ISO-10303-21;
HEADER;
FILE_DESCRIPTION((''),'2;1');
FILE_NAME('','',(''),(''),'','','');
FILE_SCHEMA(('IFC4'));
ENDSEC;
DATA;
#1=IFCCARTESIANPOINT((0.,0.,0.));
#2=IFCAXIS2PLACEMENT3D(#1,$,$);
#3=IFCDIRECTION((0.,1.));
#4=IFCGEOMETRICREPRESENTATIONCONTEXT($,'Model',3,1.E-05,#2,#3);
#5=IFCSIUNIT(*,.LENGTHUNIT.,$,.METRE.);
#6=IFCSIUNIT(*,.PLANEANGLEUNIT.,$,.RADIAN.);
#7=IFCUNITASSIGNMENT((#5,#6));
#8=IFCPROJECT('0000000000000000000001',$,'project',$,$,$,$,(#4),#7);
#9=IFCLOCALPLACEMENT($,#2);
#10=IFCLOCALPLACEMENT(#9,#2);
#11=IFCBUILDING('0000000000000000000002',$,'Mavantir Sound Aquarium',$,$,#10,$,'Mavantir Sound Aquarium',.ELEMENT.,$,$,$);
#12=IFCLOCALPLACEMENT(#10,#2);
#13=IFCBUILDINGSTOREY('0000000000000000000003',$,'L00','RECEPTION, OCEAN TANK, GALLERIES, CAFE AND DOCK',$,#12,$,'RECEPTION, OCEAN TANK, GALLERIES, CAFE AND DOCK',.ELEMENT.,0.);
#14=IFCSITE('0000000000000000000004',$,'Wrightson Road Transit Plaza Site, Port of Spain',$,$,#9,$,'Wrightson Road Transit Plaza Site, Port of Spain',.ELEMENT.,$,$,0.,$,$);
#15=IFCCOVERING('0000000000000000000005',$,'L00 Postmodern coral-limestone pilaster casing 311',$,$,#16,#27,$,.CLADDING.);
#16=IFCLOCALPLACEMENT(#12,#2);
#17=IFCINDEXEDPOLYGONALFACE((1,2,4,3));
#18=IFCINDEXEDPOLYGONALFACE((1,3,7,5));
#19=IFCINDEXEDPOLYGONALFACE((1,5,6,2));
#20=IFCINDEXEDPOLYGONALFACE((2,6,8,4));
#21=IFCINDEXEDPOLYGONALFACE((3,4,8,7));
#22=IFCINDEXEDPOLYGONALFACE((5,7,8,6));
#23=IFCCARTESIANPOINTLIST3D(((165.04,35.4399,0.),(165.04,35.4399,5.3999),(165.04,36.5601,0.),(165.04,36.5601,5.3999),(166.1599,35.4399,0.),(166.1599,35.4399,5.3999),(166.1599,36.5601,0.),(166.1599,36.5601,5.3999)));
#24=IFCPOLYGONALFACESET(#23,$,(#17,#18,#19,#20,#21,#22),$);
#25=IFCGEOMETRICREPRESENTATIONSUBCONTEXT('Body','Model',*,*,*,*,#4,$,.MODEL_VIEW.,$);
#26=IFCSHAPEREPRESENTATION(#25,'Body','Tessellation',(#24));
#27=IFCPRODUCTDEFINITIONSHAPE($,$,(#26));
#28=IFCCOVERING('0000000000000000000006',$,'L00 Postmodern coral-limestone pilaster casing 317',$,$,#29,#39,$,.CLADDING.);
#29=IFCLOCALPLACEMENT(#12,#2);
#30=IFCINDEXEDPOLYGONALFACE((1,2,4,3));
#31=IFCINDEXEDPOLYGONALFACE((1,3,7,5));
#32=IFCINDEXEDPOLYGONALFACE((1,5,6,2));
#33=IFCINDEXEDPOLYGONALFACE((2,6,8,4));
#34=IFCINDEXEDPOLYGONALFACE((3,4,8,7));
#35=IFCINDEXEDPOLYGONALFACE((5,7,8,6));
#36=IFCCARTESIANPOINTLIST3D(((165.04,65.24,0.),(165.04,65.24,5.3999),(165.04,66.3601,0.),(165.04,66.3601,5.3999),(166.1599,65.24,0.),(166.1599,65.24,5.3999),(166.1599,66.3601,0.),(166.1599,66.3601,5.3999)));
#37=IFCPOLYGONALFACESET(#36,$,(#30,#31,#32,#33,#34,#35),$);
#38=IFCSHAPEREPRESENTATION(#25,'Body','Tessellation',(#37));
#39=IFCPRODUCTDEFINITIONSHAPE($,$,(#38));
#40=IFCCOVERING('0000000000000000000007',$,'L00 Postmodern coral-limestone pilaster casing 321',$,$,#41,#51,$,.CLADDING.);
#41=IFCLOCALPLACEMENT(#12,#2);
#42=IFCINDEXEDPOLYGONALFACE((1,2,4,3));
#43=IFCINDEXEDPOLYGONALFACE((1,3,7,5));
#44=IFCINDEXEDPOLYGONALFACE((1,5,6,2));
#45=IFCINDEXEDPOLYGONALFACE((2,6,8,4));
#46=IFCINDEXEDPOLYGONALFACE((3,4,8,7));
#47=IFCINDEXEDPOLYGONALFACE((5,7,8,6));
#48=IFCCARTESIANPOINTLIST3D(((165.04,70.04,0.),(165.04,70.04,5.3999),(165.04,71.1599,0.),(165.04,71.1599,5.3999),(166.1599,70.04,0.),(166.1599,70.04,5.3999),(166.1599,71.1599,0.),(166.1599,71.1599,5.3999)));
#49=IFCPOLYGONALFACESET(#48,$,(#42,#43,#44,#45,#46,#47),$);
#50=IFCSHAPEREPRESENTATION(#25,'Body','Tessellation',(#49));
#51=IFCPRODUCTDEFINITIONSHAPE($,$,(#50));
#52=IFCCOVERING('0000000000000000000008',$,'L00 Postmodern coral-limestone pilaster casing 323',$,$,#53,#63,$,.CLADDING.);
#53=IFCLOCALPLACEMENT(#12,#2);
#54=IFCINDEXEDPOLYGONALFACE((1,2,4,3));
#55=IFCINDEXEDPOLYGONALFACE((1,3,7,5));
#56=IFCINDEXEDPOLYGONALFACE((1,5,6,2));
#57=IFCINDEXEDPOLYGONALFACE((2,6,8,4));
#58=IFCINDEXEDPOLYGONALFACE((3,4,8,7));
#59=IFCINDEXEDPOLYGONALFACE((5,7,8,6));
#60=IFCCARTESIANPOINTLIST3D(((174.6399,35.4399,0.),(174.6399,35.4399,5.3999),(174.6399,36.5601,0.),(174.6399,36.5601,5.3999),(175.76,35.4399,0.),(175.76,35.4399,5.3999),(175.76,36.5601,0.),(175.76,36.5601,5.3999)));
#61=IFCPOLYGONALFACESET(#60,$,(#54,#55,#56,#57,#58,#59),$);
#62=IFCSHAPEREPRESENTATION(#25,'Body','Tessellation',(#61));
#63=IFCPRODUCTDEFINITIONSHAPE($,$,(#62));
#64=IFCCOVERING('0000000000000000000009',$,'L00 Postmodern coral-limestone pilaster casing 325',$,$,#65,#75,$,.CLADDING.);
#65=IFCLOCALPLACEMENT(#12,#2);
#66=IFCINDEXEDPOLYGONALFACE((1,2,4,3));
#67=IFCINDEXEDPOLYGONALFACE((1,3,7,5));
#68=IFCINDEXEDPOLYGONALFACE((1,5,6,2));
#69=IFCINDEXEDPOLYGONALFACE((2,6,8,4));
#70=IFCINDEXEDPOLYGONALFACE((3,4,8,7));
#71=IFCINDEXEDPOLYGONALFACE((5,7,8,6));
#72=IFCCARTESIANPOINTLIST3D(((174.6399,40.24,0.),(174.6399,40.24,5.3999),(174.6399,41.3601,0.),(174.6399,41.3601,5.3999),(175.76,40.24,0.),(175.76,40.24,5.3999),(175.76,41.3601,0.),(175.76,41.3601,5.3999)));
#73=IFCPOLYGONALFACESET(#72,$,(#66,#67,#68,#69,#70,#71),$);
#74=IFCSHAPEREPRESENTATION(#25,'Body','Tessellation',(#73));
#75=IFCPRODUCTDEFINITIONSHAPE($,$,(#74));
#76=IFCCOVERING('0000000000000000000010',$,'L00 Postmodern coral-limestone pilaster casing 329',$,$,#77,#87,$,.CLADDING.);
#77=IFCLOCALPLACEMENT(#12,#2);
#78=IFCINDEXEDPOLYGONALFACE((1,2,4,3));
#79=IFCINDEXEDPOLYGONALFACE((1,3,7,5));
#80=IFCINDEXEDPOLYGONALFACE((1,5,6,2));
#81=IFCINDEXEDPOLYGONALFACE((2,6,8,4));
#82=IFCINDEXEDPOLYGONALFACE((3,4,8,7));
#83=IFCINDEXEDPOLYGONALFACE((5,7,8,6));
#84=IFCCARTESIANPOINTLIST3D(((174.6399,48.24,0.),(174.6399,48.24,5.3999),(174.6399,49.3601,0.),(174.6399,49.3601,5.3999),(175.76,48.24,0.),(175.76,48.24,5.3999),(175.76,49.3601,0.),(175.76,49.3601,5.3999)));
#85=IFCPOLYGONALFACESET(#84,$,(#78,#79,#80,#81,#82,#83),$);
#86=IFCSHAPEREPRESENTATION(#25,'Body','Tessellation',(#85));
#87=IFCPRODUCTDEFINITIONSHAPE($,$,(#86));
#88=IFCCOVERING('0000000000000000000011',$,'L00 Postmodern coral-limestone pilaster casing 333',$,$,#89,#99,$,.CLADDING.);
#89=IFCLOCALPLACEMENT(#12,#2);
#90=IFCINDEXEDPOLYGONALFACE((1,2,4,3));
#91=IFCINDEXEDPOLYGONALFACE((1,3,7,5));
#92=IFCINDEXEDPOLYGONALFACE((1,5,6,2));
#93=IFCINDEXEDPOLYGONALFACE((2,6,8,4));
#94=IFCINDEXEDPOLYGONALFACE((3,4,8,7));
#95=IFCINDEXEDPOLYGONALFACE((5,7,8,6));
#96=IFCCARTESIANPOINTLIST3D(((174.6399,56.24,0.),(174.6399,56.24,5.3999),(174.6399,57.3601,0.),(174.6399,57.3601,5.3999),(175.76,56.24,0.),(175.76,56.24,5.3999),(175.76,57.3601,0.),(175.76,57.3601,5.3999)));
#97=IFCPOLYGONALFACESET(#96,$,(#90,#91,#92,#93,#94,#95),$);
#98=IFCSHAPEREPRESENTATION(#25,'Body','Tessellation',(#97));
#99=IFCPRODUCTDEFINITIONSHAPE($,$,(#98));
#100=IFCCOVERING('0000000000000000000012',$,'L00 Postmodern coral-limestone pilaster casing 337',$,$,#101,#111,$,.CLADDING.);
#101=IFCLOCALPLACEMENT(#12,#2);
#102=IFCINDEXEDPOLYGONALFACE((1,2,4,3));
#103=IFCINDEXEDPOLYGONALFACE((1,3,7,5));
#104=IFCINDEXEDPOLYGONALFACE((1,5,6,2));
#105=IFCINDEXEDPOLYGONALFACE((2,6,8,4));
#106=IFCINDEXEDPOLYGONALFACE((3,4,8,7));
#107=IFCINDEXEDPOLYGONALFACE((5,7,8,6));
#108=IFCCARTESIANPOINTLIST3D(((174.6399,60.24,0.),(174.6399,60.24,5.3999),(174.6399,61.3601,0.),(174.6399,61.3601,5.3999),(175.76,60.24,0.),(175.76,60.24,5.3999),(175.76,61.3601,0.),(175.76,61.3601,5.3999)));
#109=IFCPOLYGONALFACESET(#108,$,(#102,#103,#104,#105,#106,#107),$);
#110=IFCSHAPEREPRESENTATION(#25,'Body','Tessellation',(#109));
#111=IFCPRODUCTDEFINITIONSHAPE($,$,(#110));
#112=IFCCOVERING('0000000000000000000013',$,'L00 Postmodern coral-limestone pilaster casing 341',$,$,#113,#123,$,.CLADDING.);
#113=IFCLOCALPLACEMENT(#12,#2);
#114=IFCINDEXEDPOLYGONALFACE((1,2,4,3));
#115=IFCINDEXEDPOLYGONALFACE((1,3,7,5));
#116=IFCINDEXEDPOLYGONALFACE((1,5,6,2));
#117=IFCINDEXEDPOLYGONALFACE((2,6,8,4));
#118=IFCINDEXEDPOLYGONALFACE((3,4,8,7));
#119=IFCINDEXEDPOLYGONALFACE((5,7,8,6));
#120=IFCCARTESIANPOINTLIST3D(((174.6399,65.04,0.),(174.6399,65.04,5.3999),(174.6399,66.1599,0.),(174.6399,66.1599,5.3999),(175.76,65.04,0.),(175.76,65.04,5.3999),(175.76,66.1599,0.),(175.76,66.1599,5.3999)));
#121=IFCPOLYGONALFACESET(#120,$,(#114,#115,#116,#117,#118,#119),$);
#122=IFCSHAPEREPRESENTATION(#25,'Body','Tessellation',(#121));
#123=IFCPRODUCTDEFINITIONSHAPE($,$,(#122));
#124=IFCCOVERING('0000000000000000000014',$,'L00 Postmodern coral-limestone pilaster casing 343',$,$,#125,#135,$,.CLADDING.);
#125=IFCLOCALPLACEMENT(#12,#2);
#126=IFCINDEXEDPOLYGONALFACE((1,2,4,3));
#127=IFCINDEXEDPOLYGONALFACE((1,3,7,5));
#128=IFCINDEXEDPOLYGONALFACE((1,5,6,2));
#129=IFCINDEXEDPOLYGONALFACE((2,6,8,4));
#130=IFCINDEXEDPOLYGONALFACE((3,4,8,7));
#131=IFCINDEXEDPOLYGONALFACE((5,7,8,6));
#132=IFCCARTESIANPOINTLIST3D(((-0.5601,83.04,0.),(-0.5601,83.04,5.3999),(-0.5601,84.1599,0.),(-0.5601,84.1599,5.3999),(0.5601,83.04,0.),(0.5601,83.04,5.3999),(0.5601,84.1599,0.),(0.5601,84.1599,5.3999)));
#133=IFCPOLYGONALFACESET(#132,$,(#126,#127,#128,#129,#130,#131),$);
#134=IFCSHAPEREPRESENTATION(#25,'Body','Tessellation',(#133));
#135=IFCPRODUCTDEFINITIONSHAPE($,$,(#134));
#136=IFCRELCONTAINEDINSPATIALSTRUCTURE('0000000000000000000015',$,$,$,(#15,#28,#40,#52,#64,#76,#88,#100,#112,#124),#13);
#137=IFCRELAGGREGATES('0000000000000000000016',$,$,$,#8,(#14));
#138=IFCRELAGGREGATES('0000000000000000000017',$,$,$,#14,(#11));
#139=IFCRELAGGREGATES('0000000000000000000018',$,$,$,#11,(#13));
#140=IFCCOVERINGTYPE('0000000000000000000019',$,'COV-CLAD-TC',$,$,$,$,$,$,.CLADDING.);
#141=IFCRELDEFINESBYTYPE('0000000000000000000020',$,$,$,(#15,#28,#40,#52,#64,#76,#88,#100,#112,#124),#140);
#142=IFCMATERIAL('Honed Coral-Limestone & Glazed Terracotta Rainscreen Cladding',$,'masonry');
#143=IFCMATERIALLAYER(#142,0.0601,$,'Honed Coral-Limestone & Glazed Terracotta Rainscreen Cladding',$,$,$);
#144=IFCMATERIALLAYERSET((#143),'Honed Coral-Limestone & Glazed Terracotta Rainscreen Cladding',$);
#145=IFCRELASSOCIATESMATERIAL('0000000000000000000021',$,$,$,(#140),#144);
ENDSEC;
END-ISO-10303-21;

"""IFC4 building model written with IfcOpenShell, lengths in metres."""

from ifc_helpers import new_model, si_unit, direction, origin, place, context, subcontext, project, spatial, polyline, outline, extrude, material, layer, layer_set, type_object, element, save


model = new_model("IFC4")

# Units and contexts
model_context = context("Model", 3, precision=1e-05, world=origin(), true_north=direction((0.0, 1.0)))
body_context = subcontext(model_context, "Body", "Model", "MODEL_VIEW")
ifc_project = project(units=[si_unit("LENGTHUNIT", "METRE"), si_unit("PLANEANGLEUNIT", "RADIAN")], contexts=[model_context])

# Site, building, storey
site_placement = place(None, origin())
site = spatial("IfcSite", under=ifc_project, at=site_placement, Name="Wrightson Road Transit Plaza Site, Port of Spain", LongName="Wrightson Road Transit Plaza Site, Port of Spain", CompositionType="ELEMENT", RefElevation=0.0)
building_placement = place(site_placement, origin())
building = spatial("IfcBuilding", under=site, at=building_placement, Name="Mavantir Sound Aquarium", LongName="Mavantir Sound Aquarium", CompositionType="ELEMENT")
storey_placement = place(building_placement, origin())
storey = spatial("IfcBuildingStorey", under=building, at=storey_placement, Name="L00", Description="RECEPTION, OCEAN TANK, GALLERIES, CAFE AND DOCK", LongName="RECEPTION, OCEAN TANK, GALLERIES, CAFE AND DOCK", CompositionType="ELEMENT", Elevation=0.0)

# Coverings
ifc_material = material(Name="Honed Coral-Limestone & Glazed Terracotta Rainscreen Cladding", Category="masonry")
ifc_layer = layer(ifc_material, 0.0601, Name="Honed Coral-Limestone & Glazed Terracotta Rainscreen Cladding")
ifc_layer_set = layer_set([ifc_layer], Name="Honed Coral-Limestone & Glazed Terracotta Rainscreen Cladding")
covering_type = type_object("IfcCoveringType", Name="COV-CLAD-TC", PredefinedType="CLADDING", material=ifc_layer_set)
covering_1_placement = place(storey_placement, origin())
element("IfcCovering", 1, at=covering_1_placement, inside=storey, type_object=covering_type, Name="L00 Postmodern coral-limestone pilaster casing 311", PredefinedType="CLADDING", context=body_context, shape_type="SweptSolid", body=[
    extrude(outline(polyline([(165.04, 35.4399), (166.1599, 35.4399), (166.1599, 36.5601), (165.04, 36.5601), (165.04, 35.4399)])), origin(), (0.0, 0.0, 1.0), 5.3999),
])
covering_2_placement = place(storey_placement, origin())
element("IfcCovering", 2, at=covering_2_placement, inside=storey, type_object=covering_type, Name="L00 Postmodern coral-limestone pilaster casing 317", PredefinedType="CLADDING", context=body_context, shape_type="SweptSolid", body=[
    extrude(outline(polyline([(165.04, 65.24), (166.1599, 65.24), (166.1599, 66.3601), (165.04, 66.3601), (165.04, 65.24)])), origin(), (0.0, 0.0, 1.0), 5.3999),
])
covering_3_placement = place(storey_placement, origin())
element("IfcCovering", 3, at=covering_3_placement, inside=storey, type_object=covering_type, Name="L00 Postmodern coral-limestone pilaster casing 321", PredefinedType="CLADDING", context=body_context, shape_type="SweptSolid", body=[
    extrude(outline(polyline([(165.04, 70.04), (166.1599, 70.04), (166.1599, 71.1599), (165.04, 71.1599), (165.04, 70.04)])), origin(), (0.0, 0.0, 1.0), 5.3999),
])
covering_4_placement = place(storey_placement, origin())
element("IfcCovering", 4, at=covering_4_placement, inside=storey, type_object=covering_type, Name="L00 Postmodern coral-limestone pilaster casing 323", PredefinedType="CLADDING", context=body_context, shape_type="SweptSolid", body=[
    extrude(outline(polyline([(174.6399, 35.4399), (175.76, 35.4399), (175.76, 36.5601), (174.6399, 36.5601), (174.6399, 35.4399)])), origin(), (0.0, 0.0, 1.0), 5.3999),
])
covering_5_placement = place(storey_placement, origin())
element("IfcCovering", 5, at=covering_5_placement, inside=storey, type_object=covering_type, Name="L00 Postmodern coral-limestone pilaster casing 325", PredefinedType="CLADDING", context=body_context, shape_type="SweptSolid", body=[
    extrude(outline(polyline([(174.6399, 40.24), (175.76, 40.24), (175.76, 41.3601), (174.6399, 41.3601), (174.6399, 40.24)])), origin(), (0.0, 0.0, 1.0), 5.3999),
])
covering_6_placement = place(storey_placement, origin())
element("IfcCovering", 6, at=covering_6_placement, inside=storey, type_object=covering_type, Name="L00 Postmodern coral-limestone pilaster casing 329", PredefinedType="CLADDING", context=body_context, shape_type="SweptSolid", body=[
    extrude(outline(polyline([(174.6399, 48.24), (175.76, 48.24), (175.76, 49.3601), (174.6399, 49.3601), (174.6399, 48.24)])), origin(), (0.0, 0.0, 1.0), 5.3999),
])
covering_7_placement = place(storey_placement, origin())
element("IfcCovering", 7, at=covering_7_placement, inside=storey, type_object=covering_type, Name="L00 Postmodern coral-limestone pilaster casing 333", PredefinedType="CLADDING", context=body_context, shape_type="SweptSolid", body=[
    extrude(outline(polyline([(174.6399, 56.24), (175.76, 56.24), (175.76, 57.3601), (174.6399, 57.3601), (174.6399, 56.24)])), origin(), (0.0, 0.0, 1.0), 5.3999),
])
covering_8_placement = place(storey_placement, origin())
element("IfcCovering", 8, at=covering_8_placement, inside=storey, type_object=covering_type, Name="L00 Postmodern coral-limestone pilaster casing 337", PredefinedType="CLADDING", context=body_context, shape_type="SweptSolid", body=[
    extrude(outline(polyline([(174.6399, 60.24), (175.76, 60.24), (175.76, 61.3601), (174.6399, 61.3601), (174.6399, 60.24)])), origin(), (0.0, 0.0, 1.0), 5.3999),
])
covering_9_placement = place(storey_placement, origin())
element("IfcCovering", 9, at=covering_9_placement, inside=storey, type_object=covering_type, Name="L00 Postmodern coral-limestone pilaster casing 341", PredefinedType="CLADDING", context=body_context, shape_type="SweptSolid", body=[
    extrude(outline(polyline([(174.6399, 65.04), (175.76, 65.04), (175.76, 66.1599), (174.6399, 66.1599), (174.6399, 65.04)])), origin(), (0.0, 0.0, 1.0), 5.3999),
])
covering_10_placement = place(storey_placement, origin())
element("IfcCovering", 10, at=covering_10_placement, inside=storey, type_object=covering_type, Name="L00 Postmodern coral-limestone pilaster casing 343", PredefinedType="CLADDING", context=body_context, shape_type="SweptSolid", body=[
    extrude(outline(polyline([(-0.5601, 83.04), (0.5601, 83.04), (0.5601, 84.1599), (-0.5601, 84.1599), (-0.5601, 83.04)])), origin(), (0.0, 0.0, 1.0), 5.3999),
])

save(model, "model.ifc")
